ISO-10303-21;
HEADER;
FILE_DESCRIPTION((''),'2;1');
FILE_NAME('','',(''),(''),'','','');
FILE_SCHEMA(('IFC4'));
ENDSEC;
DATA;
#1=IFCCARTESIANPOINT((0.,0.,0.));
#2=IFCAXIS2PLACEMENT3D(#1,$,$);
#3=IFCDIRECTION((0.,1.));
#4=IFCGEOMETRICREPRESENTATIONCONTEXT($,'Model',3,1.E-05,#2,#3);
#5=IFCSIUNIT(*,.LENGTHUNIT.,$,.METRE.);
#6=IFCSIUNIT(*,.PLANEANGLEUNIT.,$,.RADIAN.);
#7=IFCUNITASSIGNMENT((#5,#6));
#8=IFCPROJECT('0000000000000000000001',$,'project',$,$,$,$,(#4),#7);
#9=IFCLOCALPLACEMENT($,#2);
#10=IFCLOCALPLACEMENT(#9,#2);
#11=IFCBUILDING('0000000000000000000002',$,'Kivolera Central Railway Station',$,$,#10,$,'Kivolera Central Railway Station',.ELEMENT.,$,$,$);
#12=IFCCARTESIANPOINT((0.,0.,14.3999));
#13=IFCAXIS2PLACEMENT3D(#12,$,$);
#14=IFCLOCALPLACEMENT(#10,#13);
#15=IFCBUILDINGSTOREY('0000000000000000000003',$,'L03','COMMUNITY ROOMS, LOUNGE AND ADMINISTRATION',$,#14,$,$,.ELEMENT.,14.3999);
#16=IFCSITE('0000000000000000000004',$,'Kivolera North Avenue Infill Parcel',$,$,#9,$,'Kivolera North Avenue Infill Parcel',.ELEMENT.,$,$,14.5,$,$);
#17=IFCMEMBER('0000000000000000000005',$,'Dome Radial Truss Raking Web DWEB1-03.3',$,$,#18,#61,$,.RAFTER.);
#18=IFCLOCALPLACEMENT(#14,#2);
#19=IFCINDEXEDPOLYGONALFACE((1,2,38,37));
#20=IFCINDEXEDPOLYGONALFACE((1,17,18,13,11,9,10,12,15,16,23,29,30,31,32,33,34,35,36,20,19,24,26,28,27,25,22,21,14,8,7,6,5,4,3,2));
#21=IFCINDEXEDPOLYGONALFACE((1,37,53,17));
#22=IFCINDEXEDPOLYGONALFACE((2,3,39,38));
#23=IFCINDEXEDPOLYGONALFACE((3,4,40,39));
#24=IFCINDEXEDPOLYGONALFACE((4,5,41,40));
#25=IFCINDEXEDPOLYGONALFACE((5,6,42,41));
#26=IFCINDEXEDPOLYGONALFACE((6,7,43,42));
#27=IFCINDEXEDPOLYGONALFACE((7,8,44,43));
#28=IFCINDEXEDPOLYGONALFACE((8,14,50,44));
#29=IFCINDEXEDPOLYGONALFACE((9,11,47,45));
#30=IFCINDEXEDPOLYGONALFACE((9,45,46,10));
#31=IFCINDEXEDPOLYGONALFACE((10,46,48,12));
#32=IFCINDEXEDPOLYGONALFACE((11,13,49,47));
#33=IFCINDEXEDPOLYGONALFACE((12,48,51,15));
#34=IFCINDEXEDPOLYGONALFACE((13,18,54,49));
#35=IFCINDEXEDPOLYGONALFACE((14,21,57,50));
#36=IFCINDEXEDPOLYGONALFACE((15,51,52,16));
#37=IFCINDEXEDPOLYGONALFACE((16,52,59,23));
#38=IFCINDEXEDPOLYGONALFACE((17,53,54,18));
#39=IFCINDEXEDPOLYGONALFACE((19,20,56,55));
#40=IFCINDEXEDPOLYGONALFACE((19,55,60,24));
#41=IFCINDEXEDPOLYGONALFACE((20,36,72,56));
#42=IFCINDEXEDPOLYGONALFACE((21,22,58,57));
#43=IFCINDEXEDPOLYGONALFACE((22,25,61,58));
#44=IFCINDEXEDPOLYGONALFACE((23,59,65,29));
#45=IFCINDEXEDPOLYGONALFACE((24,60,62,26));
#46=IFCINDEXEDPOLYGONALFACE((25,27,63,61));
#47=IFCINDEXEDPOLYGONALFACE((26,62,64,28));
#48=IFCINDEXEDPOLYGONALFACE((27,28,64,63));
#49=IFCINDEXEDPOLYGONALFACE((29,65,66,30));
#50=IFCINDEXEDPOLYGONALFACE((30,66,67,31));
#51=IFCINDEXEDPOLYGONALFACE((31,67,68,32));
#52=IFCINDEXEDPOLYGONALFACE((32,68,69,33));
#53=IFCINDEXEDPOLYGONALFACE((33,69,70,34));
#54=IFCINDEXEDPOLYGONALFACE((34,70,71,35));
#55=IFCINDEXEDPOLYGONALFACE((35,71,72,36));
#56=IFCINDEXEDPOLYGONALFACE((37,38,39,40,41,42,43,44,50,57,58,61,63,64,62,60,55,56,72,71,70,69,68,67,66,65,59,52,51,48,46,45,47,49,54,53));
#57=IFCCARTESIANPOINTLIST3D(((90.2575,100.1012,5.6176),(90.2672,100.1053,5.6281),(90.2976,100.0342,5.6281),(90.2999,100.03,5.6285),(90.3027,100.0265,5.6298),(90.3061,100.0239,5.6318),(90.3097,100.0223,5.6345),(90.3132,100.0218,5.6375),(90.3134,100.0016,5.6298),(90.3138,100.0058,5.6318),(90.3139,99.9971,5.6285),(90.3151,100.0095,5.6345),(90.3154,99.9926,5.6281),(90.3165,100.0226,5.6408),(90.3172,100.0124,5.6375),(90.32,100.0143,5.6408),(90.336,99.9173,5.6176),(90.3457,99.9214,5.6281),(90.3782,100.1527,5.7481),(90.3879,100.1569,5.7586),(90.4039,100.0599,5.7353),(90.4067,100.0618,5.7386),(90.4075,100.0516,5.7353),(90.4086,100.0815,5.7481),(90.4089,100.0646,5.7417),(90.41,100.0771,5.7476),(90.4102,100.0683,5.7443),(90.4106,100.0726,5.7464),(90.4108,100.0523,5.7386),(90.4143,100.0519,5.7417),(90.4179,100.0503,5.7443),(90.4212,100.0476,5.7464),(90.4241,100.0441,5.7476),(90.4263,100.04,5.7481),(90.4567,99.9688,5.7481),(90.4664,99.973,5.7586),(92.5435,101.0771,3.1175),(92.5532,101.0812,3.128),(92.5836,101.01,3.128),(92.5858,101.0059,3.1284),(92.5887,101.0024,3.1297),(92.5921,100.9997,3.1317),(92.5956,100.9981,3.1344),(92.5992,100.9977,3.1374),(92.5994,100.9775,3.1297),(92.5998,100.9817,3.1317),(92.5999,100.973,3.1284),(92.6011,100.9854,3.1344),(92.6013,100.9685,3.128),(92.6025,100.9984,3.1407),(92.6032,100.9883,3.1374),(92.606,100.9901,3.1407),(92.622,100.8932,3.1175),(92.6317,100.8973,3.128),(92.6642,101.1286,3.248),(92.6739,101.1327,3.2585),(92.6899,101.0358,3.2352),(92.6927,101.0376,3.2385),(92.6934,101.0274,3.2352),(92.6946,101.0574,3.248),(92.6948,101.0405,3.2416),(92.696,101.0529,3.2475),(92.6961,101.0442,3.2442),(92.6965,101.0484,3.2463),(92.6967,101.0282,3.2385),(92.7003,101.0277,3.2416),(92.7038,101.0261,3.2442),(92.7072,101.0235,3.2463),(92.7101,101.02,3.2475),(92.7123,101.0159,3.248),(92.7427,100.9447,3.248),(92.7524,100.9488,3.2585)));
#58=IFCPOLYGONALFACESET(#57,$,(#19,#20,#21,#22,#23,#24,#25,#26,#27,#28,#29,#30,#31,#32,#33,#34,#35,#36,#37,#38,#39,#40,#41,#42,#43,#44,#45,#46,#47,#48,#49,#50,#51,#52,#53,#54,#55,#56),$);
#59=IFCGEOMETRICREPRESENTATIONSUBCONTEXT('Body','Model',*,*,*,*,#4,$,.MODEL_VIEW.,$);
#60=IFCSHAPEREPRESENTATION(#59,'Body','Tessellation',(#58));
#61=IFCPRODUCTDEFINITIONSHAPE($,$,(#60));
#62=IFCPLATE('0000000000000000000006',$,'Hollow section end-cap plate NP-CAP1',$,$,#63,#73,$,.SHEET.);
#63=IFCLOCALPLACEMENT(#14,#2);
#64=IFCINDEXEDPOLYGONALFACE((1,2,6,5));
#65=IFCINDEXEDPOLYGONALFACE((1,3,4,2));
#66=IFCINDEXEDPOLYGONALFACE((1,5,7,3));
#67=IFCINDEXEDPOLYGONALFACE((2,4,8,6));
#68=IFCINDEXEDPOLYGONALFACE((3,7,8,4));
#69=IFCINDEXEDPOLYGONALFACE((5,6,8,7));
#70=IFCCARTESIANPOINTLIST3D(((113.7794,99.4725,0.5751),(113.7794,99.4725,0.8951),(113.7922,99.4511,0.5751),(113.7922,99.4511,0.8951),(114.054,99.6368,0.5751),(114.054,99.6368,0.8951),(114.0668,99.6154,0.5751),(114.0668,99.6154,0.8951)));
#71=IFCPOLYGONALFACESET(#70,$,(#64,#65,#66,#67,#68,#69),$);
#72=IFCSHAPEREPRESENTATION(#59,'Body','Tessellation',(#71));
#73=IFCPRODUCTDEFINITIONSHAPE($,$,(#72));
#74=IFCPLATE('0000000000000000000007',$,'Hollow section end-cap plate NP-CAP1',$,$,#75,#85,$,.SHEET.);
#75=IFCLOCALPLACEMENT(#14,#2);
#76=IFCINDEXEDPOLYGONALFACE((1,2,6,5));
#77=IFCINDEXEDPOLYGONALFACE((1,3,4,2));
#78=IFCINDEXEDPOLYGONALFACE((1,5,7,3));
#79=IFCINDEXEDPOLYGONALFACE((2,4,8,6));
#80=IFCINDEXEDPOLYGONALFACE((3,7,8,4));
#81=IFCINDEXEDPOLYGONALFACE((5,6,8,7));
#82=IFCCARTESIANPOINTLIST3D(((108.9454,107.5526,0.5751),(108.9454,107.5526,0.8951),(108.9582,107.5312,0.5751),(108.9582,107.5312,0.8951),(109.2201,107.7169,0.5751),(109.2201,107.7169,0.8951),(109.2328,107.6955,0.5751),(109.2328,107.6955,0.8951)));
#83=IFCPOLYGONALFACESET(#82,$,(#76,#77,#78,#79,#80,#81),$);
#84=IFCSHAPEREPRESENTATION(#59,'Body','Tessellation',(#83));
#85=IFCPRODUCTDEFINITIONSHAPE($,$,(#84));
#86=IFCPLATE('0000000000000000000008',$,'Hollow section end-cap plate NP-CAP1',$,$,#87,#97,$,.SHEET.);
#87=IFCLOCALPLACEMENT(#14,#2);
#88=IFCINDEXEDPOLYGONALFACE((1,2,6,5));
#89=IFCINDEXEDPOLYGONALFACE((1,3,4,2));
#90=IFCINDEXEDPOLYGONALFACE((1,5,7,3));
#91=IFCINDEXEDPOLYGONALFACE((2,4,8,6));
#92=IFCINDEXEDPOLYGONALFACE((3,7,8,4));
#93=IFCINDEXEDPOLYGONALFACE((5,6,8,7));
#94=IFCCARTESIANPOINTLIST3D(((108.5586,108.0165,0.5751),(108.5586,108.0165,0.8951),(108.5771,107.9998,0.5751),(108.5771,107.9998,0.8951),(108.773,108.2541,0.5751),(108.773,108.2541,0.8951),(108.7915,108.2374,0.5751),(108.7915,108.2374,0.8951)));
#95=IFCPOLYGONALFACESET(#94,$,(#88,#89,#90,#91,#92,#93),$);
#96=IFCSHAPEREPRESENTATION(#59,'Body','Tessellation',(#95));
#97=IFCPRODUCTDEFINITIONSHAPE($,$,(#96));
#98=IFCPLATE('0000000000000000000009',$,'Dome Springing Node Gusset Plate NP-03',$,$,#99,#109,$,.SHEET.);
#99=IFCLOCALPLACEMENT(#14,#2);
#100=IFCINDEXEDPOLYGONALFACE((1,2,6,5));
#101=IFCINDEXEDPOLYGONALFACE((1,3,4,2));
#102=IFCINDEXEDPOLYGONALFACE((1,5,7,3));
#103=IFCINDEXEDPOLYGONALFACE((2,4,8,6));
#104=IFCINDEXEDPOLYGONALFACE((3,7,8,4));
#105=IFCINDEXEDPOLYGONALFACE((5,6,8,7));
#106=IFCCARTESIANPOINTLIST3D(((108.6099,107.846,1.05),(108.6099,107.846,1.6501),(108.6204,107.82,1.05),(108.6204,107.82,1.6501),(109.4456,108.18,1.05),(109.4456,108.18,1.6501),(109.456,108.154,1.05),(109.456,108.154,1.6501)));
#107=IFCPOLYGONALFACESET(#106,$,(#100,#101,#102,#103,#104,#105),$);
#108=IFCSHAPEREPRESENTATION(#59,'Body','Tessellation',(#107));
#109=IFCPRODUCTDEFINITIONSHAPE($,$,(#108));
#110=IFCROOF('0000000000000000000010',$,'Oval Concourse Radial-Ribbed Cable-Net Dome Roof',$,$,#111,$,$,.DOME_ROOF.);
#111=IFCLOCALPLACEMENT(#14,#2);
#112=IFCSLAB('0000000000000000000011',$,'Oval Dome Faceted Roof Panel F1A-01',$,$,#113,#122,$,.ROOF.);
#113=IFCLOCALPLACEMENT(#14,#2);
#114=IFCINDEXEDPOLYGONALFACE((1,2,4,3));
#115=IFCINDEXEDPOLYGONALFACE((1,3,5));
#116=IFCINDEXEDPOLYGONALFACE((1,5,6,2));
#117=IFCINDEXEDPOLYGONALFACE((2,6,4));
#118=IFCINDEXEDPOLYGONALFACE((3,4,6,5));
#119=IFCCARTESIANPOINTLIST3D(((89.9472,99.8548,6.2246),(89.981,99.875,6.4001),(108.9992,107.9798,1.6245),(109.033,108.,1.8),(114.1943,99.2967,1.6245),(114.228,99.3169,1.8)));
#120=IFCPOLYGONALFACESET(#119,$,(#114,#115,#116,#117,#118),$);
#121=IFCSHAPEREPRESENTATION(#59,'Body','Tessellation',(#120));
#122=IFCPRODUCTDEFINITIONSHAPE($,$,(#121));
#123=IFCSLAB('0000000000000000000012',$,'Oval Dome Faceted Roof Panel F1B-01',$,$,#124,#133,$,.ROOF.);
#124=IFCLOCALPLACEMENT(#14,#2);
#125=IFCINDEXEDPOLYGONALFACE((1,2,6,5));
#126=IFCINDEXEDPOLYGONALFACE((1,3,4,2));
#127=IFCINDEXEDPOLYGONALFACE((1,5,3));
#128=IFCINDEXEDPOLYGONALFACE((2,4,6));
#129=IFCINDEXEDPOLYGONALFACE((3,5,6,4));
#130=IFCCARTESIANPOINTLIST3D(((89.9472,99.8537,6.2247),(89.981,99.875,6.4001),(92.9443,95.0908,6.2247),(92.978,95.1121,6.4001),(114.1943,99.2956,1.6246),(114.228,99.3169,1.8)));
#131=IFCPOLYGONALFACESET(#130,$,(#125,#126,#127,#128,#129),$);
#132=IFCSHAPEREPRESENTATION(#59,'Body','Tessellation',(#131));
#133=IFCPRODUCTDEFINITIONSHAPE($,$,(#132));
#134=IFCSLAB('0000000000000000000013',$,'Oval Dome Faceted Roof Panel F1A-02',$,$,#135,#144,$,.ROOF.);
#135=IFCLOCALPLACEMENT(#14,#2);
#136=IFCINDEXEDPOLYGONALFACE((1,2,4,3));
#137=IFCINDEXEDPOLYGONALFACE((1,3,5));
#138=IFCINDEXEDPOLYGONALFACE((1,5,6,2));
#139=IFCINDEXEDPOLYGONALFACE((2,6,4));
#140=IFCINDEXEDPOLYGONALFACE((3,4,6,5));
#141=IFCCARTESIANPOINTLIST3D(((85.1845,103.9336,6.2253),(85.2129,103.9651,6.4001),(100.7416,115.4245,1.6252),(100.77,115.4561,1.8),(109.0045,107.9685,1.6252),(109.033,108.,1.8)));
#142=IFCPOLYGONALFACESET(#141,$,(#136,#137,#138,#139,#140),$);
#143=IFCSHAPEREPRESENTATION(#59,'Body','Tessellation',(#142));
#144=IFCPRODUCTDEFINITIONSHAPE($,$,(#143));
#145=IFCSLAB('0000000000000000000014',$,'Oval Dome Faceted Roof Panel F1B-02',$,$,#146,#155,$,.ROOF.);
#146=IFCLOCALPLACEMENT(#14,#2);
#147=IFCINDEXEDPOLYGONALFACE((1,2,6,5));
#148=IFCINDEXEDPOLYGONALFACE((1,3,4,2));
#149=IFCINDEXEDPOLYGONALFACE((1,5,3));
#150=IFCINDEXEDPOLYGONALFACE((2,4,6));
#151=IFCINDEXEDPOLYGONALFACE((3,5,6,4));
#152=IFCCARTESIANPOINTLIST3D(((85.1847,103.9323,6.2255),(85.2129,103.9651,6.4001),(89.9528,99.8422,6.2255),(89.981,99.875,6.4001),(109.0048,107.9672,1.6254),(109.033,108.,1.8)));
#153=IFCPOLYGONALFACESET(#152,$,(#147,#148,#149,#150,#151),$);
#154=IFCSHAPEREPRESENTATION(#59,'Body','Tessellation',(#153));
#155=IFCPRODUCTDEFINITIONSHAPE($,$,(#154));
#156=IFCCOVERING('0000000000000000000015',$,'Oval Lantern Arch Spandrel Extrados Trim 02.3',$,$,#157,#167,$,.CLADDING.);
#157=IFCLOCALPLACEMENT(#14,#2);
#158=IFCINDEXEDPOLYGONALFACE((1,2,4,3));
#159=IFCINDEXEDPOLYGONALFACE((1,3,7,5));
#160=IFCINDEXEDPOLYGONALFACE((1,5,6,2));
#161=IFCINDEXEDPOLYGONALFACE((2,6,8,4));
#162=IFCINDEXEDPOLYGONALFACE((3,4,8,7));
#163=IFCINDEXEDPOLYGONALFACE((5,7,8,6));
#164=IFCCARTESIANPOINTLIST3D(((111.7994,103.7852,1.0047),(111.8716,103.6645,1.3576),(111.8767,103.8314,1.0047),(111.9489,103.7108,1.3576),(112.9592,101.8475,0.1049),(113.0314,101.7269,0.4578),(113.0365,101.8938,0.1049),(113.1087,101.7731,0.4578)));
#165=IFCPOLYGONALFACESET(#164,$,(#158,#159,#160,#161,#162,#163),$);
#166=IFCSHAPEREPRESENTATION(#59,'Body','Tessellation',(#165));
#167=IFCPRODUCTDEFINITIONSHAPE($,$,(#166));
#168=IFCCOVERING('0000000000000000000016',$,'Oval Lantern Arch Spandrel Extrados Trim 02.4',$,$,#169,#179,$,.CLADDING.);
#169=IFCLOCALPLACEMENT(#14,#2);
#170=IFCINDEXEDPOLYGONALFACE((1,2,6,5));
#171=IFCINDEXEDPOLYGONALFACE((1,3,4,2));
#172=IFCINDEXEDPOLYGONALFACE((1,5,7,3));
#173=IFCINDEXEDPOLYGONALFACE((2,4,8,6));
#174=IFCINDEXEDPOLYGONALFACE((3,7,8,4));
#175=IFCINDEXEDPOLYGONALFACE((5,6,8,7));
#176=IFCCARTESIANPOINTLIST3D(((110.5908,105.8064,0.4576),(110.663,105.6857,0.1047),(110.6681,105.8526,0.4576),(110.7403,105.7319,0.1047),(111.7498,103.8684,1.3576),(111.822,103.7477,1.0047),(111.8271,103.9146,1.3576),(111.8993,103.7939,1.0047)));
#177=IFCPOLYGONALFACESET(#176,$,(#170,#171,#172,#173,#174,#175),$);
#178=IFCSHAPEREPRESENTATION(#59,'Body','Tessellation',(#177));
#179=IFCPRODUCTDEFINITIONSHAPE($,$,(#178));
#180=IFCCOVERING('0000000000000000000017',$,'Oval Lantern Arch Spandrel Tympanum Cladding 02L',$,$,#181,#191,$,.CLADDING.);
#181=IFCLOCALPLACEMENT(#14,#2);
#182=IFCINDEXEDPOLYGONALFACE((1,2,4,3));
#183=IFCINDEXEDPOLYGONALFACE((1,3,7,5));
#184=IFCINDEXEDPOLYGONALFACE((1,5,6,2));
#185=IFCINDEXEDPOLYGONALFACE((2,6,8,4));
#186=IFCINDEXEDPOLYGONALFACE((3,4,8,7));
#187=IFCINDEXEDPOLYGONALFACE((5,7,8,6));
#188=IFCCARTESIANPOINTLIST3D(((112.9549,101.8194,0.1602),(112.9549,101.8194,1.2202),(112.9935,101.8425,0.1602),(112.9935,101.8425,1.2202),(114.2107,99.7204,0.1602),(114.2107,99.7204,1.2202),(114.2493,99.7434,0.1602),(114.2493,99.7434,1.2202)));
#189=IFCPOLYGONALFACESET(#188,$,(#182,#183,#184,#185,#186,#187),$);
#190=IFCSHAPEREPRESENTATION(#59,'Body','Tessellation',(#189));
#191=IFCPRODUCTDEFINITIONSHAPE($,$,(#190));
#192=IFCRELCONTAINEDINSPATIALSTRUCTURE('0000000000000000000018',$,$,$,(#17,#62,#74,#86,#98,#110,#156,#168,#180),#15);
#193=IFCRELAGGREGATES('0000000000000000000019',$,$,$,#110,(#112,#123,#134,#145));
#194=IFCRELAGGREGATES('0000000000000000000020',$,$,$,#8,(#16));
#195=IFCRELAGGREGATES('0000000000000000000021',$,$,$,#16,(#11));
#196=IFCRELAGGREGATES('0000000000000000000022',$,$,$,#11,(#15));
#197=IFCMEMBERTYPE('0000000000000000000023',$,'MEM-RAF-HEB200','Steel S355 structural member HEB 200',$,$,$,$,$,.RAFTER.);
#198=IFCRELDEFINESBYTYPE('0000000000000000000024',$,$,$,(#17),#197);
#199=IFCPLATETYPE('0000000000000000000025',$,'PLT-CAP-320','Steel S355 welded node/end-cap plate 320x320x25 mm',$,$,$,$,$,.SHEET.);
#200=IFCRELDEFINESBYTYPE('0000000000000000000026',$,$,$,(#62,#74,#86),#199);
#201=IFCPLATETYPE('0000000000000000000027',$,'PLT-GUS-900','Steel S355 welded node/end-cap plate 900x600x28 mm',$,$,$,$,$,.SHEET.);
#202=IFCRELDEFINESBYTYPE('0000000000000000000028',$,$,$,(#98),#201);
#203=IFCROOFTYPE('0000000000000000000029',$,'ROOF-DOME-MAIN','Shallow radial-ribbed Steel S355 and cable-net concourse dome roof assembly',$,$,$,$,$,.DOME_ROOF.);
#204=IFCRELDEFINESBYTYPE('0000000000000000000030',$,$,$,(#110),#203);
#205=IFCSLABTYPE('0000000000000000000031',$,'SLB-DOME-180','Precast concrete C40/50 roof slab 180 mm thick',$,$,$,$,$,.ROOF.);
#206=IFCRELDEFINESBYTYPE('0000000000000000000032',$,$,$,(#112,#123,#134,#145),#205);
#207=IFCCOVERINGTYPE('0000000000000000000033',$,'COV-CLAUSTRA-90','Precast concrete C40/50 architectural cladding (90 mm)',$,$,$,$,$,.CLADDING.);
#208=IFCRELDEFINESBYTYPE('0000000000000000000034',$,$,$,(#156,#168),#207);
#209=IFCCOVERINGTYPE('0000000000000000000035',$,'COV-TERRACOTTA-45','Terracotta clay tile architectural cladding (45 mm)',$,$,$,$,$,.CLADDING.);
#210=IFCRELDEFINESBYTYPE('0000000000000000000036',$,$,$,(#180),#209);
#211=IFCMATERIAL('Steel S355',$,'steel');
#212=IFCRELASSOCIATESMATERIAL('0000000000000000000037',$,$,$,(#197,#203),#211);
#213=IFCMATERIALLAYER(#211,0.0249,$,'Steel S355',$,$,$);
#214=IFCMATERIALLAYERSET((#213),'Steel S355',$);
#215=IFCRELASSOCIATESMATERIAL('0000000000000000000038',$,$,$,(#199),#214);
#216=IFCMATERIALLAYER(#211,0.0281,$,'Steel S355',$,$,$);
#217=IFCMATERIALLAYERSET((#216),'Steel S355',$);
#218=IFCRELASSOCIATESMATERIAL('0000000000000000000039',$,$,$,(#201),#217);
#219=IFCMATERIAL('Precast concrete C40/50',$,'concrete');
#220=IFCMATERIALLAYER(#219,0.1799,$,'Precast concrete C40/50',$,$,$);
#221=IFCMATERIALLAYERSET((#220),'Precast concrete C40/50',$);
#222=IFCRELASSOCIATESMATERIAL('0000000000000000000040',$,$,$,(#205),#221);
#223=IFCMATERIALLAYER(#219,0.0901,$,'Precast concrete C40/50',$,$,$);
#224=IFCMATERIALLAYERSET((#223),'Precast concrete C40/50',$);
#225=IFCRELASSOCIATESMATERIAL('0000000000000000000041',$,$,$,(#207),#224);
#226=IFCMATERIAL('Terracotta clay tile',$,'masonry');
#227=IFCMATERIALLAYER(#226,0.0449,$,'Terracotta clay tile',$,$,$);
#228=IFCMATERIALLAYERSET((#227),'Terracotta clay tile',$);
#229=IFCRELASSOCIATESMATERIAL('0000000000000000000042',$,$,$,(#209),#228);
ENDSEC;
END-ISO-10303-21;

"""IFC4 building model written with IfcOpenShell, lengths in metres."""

from ifc_helpers import new_model, si_unit, direction, frame, frame_2d, origin, origin_2d, place, context, subcontext, project, spatial, polyline, rectangle, i_section, outline, extrude, material, layer, layer_set, material_profile, profile_set, type_object, element, aggregate, save


model = new_model("IFC4")

# Units and contexts
model_context = context("Model", 3, precision=1e-05, world=origin(), true_north=direction((0.0, 1.0)))
body_context = subcontext(model_context, "Body", "Model", "MODEL_VIEW")
ifc_project = project(units=[si_unit("LENGTHUNIT", "METRE"), si_unit("PLANEANGLEUNIT", "RADIAN")], contexts=[model_context])

# Site, building, storey
site_placement = place(None, origin())
site = spatial("IfcSite", under=ifc_project, at=site_placement, Name="Kivolera North Avenue Infill Parcel", LongName="Kivolera North Avenue Infill Parcel", CompositionType="ELEMENT", RefElevation=14.5)
building_placement = place(site_placement, origin())
building = spatial("IfcBuilding", under=site, at=building_placement, Name="Kivolera Central Railway Station", LongName="Kivolera Central Railway Station", CompositionType="ELEMENT")
storey_placement = place(building_placement, frame((0.0, 0.0, 14.3999)))
storey = spatial("IfcBuildingStorey", under=building, at=storey_placement, Name="L03", Description="COMMUNITY ROOMS, LOUNGE AND ADMINISTRATION", CompositionType="ELEMENT", Elevation=14.3999)

# Shared definitions
ifc_material_1 = material(Name="Steel S355", Category="steel")

# Member
ifc_material_profile_1 = material_profile(ifc_material_1, i_section(OverallWidth=0.2, OverallDepth=0.2, WebThickness=0.009, FlangeThickness=0.0149, FilletRadius=0.0181, at=origin_2d()), Name="HEB 200")
ifc_profile_set_1 = profile_set([ifc_material_profile_1], Name="Steel S355")
member_type_1 = type_object("IfcMemberType", Name="MEM-RAF-HEB200", Description="Steel S355 structural member HEB 200", PredefinedType="RAFTER", material=ifc_profile_set_1)
member_1_placement = place(storey_placement, frame((92.6479, 101.0129, 3.188), z_axis=(-0.648429, -0.27681, 0.709165), x_axis=(0.392615, -0.919703, 0.0)))
element("IfcMember", 1, at=member_1_placement, inside=storey, type_object=member_type_1, Name="Dome Radial Truss Raking Web DWEB1-03.3", PredefinedType="RAFTER", context=body_context, shape_type="SweptSolid", body=[
    extrude(i_section(OverallWidth=0.2, OverallDepth=0.2, WebThickness=0.009, FlangeThickness=0.0149, FilletRadius=0.0181, at=origin_2d()), origin(), (0.0, 0.0, 1.0), 3.5254),
])

# Plates
ifc_layer_1 = layer(ifc_material_1, 0.0249, Name="Steel S355")
ifc_layer_set_1 = layer_set([ifc_layer_1], Name="Steel S355")
plate_type_1 = type_object("IfcPlateType", Name="PLT-CAP-320", Description="Steel S355 welded node/end-cap plate 320x320x25 mm", PredefinedType="SHEET", material=ifc_layer_set_1)
for number, where, z_axis, x_axis, name in (
    (2, (113.9231, 99.5439, 0.7351), (-0.51337, 0.858167, 0.0), (-0.858167, -0.51337, 0.0), "Hollow section end-cap plate NP-CAP1"),
    (3, (109.0891, 107.624, 0.7351), (-0.51337, 0.858167, 0.0), (-0.858167, -0.51337, 0.0), "Hollow section end-cap plate NP-CAP1"),
    (4, (108.675, 108.127, 0.7351), (-0.742406, 0.66995, 0.0), (-0.66995, -0.742406, 0.0), "Hollow section end-cap plate NP-CAP1"),
):
    element("IfcPlate", number, at=place(storey_placement, frame(where, z_axis=z_axis, x_axis=x_axis)), inside=storey, type_object=plate_type_1, Name=name, PredefinedType="SHEET", context=body_context, shape_type="SweptSolid", body=[
        extrude(rectangle(XDim=0.3201, YDim=0.3201, at=origin_2d()), frame((0.0, 0.0, -0.0125)), (0.0, 0.0, 1.0), 0.0249),
    ])
ifc_layer_2 = layer(ifc_material_1, 0.0281, Name="Steel S355")
ifc_layer_set_2 = layer_set([ifc_layer_2], Name="Steel S355")
plate_type_2 = type_object("IfcPlateType", Name="PLT-GUS-900", Description="Steel S355 welded node/end-cap plate 900x600x28 mm", PredefinedType="SHEET", material=ifc_layer_set_2)
plate_placement = place(storey_placement, frame((109.033, 108.0, 1.05), z_axis=(0.0, 0.0, 1.0), x_axis=(0.92857, 0.371157, 0.0)))
element("IfcPlate", 5, at=plate_placement, inside=storey, type_object=plate_type_2, Name="Dome Springing Node Gusset Plate NP-03", PredefinedType="SHEET", context=body_context, shape_type="SweptSolid", body=[
    extrude(rectangle(XDim=0.8999, YDim=0.0281, at=origin_2d()), origin(), (0.0, 0.0, 1.0), 0.6001),
])

# Roof, slabs
roof_type = type_object("IfcRoofType", Name="ROOF-DOME-MAIN", Description="Shallow radial-ribbed Steel S355 and cable-net concourse dome roof assembly", PredefinedType="DOME_ROOF", material=ifc_material_1)
roof_placement = place(storey_placement, origin())
roof = element("IfcRoof", 6, at=roof_placement, inside=storey, type_object=roof_type, Name="Oval Concourse Radial-Ribbed Cable-Net Dome Roof", PredefinedType="DOME_ROOF")
ifc_material_2 = material(Name="Precast concrete C40/50", Category="concrete")
ifc_layer_3 = layer(ifc_material_2, 0.1799, Name="Precast concrete C40/50")
ifc_layer_set_3 = layer_set([ifc_layer_3], Name="Precast concrete C40/50")
slab_type = type_object("IfcSlabType", Name="SLB-DOME-180", Description="Precast concrete C40/50 roof slab 180 mm thick", PredefinedType="ROOF", material=ifc_layer_set_3)
slab_1_placement = place(storey_placement, frame((114.228, 99.3169, 1.8), z_axis=(0.187708, 0.112305, 0.975783), x_axis=(-0.51342, 0.858137, 0.0)))
slab_1 = element("IfcSlab", 7, at=slab_1_placement, type_object=slab_type, Name="Oval Dome Faceted Roof Panel F1A-01", PredefinedType="ROOF", context=body_context, shape_type="SweptSolid", body=[
    extrude(outline(polyline([(0.0, 0.0), (10.1186, 0.0), (12.9279, 21.0301), (0.0, 0.0)])), origin(), (0.0, 0.0, -1.0), 0.1799),
])
slab_2_placement = place(storey_placement, frame((114.228, 99.3169, 1.8), z_axis=(0.187712, 0.118117, 0.975096), x_axis=(-0.982224, 0.022608, 0.186345)))
slab_2 = element("IfcSlab", 8, at=slab_2_placement, type_object=slab_type, Name="Oval Dome Faceted Roof Panel F1B-01", PredefinedType="ROOF", context=body_context, shape_type="SweptSolid", body=[
    extrude(outline(polyline([(0.0, 0.0), (24.6859, 0.0), (21.6344, 4.7283), (0.0, 0.0)])), origin(), (0.0, 0.0, -1.0), 0.1799),
])
slab_3_placement = place(storey_placement, frame((109.033, 108.0, 1.8), z_axis=(0.158008, 0.175108, 0.971787), x_axis=(-0.742426, 0.669928, 0.0)))
slab_3 = element("IfcSlab", 9, at=slab_3_placement, type_object=slab_type, Name="Oval Dome Faceted Roof Panel F1A-02", PredefinedType="ROOF", context=body_context, shape_type="SweptSolid", body=[
    extrude(outline(polyline([(0.0, 0.0), (11.1296, 0.0), (14.9815, 19.5036), (0.0, 0.0)])), origin(), (0.0, 0.0, -1.0), 0.1799),
])
slab_4_placement = place(storey_placement, frame((109.033, 108.0, 1.8), z_axis=(0.156541, 0.18249, 0.970666), x_axis=(-0.968554, -0.164065, 0.187046)))
slab_4 = element("IfcSlab", 10, at=slab_4_placement, type_object=slab_type, Name="Oval Dome Faceted Roof Panel F1B-02", PredefinedType="ROOF", context=body_context, shape_type="SweptSolid", body=[
    extrude(outline(polyline([(0.0, 0.0), (24.5934, 0.0), (20.6463, 4.8871), (0.0, 0.0)])), origin(), (0.0, 0.0, -1.0), 0.1799),
])
aggregate(roof, [slab_1, slab_2, slab_3, slab_4])

# Coverings
ifc_layer_4 = layer(ifc_material_2, 0.0901, Name="Precast concrete C40/50")
ifc_layer_set_4 = layer_set([ifc_layer_4], Name="Precast concrete C40/50")
covering_type_1 = type_object("IfcCoveringType", Name="COV-CLAUSTRA-90", Description="Precast concrete C40/50 architectural cladding (90 mm)", PredefinedType="CLADDING", material=ifc_layer_set_4)
for number, where, z_axis, x_axis, name in (
    (11, (112.4541, 102.7791, 0.7312), (-0.477102, 0.797089, 0.370165), (0.858138, 0.51342, 0.0), "Oval Lantern Arch Spandrel Extrados Trim 02.3"),
    (12, (111.2451, 104.8, 0.7312), (-0.476784, 0.797246, -0.370238), (0.858138, 0.51342, 0.0), "Oval Lantern Arch Spandrel Extrados Trim 02.4"),
):
    element("IfcCovering", number, at=place(storey_placement, frame(where, z_axis=z_axis, x_axis=x_axis)), inside=storey, type_object=covering_type_1, Name=name, PredefinedType="CLADDING", context=body_context, shape_type="SweptSolid", body=[
        extrude(rectangle(XDim=0.0901, YDim=0.3799, at=origin_2d()), frame((0.0, 0.0, -1.2153)), (0.0, 0.0, 1.0), 2.4309),
    ])
ifc_material_3 = material(Name="Terracotta clay tile", Category="masonry")
ifc_layer_5 = layer(ifc_material_3, 0.0449, Name="Terracotta clay tile")
ifc_layer_set_5 = layer_set([ifc_layer_5], Name="Terracotta clay tile")
covering_type_2 = type_object("IfcCoveringType", Name="COV-TERRACOTTA-45", Description="Terracotta clay tile architectural cladding (45 mm)", PredefinedType="CLADDING", material=ifc_layer_set_5)
for number, where, z_axis, x_axis, name in (
    (13, (112.9741, 101.8311, 0.1602), (0.0, 0.0, 1.0), (0.513409, -0.858144, 0.0), "Oval Lantern Arch Spandrel Tympanum Cladding 02L"),
):
    element("IfcCovering", number, at=place(storey_placement, frame(where, z_axis=z_axis, x_axis=x_axis)), inside=storey, type_object=covering_type_2, Name=name, PredefinedType="CLADDING", context=body_context, shape_type="SweptSolid", body=[
        extrude(rectangle(XDim=2.446, YDim=0.0449, at=frame_2d((1.2231, 0.0))), origin(), (0.0, 0.0, 1.0), 1.0601),
    ])

save(model, "model.ifc")
